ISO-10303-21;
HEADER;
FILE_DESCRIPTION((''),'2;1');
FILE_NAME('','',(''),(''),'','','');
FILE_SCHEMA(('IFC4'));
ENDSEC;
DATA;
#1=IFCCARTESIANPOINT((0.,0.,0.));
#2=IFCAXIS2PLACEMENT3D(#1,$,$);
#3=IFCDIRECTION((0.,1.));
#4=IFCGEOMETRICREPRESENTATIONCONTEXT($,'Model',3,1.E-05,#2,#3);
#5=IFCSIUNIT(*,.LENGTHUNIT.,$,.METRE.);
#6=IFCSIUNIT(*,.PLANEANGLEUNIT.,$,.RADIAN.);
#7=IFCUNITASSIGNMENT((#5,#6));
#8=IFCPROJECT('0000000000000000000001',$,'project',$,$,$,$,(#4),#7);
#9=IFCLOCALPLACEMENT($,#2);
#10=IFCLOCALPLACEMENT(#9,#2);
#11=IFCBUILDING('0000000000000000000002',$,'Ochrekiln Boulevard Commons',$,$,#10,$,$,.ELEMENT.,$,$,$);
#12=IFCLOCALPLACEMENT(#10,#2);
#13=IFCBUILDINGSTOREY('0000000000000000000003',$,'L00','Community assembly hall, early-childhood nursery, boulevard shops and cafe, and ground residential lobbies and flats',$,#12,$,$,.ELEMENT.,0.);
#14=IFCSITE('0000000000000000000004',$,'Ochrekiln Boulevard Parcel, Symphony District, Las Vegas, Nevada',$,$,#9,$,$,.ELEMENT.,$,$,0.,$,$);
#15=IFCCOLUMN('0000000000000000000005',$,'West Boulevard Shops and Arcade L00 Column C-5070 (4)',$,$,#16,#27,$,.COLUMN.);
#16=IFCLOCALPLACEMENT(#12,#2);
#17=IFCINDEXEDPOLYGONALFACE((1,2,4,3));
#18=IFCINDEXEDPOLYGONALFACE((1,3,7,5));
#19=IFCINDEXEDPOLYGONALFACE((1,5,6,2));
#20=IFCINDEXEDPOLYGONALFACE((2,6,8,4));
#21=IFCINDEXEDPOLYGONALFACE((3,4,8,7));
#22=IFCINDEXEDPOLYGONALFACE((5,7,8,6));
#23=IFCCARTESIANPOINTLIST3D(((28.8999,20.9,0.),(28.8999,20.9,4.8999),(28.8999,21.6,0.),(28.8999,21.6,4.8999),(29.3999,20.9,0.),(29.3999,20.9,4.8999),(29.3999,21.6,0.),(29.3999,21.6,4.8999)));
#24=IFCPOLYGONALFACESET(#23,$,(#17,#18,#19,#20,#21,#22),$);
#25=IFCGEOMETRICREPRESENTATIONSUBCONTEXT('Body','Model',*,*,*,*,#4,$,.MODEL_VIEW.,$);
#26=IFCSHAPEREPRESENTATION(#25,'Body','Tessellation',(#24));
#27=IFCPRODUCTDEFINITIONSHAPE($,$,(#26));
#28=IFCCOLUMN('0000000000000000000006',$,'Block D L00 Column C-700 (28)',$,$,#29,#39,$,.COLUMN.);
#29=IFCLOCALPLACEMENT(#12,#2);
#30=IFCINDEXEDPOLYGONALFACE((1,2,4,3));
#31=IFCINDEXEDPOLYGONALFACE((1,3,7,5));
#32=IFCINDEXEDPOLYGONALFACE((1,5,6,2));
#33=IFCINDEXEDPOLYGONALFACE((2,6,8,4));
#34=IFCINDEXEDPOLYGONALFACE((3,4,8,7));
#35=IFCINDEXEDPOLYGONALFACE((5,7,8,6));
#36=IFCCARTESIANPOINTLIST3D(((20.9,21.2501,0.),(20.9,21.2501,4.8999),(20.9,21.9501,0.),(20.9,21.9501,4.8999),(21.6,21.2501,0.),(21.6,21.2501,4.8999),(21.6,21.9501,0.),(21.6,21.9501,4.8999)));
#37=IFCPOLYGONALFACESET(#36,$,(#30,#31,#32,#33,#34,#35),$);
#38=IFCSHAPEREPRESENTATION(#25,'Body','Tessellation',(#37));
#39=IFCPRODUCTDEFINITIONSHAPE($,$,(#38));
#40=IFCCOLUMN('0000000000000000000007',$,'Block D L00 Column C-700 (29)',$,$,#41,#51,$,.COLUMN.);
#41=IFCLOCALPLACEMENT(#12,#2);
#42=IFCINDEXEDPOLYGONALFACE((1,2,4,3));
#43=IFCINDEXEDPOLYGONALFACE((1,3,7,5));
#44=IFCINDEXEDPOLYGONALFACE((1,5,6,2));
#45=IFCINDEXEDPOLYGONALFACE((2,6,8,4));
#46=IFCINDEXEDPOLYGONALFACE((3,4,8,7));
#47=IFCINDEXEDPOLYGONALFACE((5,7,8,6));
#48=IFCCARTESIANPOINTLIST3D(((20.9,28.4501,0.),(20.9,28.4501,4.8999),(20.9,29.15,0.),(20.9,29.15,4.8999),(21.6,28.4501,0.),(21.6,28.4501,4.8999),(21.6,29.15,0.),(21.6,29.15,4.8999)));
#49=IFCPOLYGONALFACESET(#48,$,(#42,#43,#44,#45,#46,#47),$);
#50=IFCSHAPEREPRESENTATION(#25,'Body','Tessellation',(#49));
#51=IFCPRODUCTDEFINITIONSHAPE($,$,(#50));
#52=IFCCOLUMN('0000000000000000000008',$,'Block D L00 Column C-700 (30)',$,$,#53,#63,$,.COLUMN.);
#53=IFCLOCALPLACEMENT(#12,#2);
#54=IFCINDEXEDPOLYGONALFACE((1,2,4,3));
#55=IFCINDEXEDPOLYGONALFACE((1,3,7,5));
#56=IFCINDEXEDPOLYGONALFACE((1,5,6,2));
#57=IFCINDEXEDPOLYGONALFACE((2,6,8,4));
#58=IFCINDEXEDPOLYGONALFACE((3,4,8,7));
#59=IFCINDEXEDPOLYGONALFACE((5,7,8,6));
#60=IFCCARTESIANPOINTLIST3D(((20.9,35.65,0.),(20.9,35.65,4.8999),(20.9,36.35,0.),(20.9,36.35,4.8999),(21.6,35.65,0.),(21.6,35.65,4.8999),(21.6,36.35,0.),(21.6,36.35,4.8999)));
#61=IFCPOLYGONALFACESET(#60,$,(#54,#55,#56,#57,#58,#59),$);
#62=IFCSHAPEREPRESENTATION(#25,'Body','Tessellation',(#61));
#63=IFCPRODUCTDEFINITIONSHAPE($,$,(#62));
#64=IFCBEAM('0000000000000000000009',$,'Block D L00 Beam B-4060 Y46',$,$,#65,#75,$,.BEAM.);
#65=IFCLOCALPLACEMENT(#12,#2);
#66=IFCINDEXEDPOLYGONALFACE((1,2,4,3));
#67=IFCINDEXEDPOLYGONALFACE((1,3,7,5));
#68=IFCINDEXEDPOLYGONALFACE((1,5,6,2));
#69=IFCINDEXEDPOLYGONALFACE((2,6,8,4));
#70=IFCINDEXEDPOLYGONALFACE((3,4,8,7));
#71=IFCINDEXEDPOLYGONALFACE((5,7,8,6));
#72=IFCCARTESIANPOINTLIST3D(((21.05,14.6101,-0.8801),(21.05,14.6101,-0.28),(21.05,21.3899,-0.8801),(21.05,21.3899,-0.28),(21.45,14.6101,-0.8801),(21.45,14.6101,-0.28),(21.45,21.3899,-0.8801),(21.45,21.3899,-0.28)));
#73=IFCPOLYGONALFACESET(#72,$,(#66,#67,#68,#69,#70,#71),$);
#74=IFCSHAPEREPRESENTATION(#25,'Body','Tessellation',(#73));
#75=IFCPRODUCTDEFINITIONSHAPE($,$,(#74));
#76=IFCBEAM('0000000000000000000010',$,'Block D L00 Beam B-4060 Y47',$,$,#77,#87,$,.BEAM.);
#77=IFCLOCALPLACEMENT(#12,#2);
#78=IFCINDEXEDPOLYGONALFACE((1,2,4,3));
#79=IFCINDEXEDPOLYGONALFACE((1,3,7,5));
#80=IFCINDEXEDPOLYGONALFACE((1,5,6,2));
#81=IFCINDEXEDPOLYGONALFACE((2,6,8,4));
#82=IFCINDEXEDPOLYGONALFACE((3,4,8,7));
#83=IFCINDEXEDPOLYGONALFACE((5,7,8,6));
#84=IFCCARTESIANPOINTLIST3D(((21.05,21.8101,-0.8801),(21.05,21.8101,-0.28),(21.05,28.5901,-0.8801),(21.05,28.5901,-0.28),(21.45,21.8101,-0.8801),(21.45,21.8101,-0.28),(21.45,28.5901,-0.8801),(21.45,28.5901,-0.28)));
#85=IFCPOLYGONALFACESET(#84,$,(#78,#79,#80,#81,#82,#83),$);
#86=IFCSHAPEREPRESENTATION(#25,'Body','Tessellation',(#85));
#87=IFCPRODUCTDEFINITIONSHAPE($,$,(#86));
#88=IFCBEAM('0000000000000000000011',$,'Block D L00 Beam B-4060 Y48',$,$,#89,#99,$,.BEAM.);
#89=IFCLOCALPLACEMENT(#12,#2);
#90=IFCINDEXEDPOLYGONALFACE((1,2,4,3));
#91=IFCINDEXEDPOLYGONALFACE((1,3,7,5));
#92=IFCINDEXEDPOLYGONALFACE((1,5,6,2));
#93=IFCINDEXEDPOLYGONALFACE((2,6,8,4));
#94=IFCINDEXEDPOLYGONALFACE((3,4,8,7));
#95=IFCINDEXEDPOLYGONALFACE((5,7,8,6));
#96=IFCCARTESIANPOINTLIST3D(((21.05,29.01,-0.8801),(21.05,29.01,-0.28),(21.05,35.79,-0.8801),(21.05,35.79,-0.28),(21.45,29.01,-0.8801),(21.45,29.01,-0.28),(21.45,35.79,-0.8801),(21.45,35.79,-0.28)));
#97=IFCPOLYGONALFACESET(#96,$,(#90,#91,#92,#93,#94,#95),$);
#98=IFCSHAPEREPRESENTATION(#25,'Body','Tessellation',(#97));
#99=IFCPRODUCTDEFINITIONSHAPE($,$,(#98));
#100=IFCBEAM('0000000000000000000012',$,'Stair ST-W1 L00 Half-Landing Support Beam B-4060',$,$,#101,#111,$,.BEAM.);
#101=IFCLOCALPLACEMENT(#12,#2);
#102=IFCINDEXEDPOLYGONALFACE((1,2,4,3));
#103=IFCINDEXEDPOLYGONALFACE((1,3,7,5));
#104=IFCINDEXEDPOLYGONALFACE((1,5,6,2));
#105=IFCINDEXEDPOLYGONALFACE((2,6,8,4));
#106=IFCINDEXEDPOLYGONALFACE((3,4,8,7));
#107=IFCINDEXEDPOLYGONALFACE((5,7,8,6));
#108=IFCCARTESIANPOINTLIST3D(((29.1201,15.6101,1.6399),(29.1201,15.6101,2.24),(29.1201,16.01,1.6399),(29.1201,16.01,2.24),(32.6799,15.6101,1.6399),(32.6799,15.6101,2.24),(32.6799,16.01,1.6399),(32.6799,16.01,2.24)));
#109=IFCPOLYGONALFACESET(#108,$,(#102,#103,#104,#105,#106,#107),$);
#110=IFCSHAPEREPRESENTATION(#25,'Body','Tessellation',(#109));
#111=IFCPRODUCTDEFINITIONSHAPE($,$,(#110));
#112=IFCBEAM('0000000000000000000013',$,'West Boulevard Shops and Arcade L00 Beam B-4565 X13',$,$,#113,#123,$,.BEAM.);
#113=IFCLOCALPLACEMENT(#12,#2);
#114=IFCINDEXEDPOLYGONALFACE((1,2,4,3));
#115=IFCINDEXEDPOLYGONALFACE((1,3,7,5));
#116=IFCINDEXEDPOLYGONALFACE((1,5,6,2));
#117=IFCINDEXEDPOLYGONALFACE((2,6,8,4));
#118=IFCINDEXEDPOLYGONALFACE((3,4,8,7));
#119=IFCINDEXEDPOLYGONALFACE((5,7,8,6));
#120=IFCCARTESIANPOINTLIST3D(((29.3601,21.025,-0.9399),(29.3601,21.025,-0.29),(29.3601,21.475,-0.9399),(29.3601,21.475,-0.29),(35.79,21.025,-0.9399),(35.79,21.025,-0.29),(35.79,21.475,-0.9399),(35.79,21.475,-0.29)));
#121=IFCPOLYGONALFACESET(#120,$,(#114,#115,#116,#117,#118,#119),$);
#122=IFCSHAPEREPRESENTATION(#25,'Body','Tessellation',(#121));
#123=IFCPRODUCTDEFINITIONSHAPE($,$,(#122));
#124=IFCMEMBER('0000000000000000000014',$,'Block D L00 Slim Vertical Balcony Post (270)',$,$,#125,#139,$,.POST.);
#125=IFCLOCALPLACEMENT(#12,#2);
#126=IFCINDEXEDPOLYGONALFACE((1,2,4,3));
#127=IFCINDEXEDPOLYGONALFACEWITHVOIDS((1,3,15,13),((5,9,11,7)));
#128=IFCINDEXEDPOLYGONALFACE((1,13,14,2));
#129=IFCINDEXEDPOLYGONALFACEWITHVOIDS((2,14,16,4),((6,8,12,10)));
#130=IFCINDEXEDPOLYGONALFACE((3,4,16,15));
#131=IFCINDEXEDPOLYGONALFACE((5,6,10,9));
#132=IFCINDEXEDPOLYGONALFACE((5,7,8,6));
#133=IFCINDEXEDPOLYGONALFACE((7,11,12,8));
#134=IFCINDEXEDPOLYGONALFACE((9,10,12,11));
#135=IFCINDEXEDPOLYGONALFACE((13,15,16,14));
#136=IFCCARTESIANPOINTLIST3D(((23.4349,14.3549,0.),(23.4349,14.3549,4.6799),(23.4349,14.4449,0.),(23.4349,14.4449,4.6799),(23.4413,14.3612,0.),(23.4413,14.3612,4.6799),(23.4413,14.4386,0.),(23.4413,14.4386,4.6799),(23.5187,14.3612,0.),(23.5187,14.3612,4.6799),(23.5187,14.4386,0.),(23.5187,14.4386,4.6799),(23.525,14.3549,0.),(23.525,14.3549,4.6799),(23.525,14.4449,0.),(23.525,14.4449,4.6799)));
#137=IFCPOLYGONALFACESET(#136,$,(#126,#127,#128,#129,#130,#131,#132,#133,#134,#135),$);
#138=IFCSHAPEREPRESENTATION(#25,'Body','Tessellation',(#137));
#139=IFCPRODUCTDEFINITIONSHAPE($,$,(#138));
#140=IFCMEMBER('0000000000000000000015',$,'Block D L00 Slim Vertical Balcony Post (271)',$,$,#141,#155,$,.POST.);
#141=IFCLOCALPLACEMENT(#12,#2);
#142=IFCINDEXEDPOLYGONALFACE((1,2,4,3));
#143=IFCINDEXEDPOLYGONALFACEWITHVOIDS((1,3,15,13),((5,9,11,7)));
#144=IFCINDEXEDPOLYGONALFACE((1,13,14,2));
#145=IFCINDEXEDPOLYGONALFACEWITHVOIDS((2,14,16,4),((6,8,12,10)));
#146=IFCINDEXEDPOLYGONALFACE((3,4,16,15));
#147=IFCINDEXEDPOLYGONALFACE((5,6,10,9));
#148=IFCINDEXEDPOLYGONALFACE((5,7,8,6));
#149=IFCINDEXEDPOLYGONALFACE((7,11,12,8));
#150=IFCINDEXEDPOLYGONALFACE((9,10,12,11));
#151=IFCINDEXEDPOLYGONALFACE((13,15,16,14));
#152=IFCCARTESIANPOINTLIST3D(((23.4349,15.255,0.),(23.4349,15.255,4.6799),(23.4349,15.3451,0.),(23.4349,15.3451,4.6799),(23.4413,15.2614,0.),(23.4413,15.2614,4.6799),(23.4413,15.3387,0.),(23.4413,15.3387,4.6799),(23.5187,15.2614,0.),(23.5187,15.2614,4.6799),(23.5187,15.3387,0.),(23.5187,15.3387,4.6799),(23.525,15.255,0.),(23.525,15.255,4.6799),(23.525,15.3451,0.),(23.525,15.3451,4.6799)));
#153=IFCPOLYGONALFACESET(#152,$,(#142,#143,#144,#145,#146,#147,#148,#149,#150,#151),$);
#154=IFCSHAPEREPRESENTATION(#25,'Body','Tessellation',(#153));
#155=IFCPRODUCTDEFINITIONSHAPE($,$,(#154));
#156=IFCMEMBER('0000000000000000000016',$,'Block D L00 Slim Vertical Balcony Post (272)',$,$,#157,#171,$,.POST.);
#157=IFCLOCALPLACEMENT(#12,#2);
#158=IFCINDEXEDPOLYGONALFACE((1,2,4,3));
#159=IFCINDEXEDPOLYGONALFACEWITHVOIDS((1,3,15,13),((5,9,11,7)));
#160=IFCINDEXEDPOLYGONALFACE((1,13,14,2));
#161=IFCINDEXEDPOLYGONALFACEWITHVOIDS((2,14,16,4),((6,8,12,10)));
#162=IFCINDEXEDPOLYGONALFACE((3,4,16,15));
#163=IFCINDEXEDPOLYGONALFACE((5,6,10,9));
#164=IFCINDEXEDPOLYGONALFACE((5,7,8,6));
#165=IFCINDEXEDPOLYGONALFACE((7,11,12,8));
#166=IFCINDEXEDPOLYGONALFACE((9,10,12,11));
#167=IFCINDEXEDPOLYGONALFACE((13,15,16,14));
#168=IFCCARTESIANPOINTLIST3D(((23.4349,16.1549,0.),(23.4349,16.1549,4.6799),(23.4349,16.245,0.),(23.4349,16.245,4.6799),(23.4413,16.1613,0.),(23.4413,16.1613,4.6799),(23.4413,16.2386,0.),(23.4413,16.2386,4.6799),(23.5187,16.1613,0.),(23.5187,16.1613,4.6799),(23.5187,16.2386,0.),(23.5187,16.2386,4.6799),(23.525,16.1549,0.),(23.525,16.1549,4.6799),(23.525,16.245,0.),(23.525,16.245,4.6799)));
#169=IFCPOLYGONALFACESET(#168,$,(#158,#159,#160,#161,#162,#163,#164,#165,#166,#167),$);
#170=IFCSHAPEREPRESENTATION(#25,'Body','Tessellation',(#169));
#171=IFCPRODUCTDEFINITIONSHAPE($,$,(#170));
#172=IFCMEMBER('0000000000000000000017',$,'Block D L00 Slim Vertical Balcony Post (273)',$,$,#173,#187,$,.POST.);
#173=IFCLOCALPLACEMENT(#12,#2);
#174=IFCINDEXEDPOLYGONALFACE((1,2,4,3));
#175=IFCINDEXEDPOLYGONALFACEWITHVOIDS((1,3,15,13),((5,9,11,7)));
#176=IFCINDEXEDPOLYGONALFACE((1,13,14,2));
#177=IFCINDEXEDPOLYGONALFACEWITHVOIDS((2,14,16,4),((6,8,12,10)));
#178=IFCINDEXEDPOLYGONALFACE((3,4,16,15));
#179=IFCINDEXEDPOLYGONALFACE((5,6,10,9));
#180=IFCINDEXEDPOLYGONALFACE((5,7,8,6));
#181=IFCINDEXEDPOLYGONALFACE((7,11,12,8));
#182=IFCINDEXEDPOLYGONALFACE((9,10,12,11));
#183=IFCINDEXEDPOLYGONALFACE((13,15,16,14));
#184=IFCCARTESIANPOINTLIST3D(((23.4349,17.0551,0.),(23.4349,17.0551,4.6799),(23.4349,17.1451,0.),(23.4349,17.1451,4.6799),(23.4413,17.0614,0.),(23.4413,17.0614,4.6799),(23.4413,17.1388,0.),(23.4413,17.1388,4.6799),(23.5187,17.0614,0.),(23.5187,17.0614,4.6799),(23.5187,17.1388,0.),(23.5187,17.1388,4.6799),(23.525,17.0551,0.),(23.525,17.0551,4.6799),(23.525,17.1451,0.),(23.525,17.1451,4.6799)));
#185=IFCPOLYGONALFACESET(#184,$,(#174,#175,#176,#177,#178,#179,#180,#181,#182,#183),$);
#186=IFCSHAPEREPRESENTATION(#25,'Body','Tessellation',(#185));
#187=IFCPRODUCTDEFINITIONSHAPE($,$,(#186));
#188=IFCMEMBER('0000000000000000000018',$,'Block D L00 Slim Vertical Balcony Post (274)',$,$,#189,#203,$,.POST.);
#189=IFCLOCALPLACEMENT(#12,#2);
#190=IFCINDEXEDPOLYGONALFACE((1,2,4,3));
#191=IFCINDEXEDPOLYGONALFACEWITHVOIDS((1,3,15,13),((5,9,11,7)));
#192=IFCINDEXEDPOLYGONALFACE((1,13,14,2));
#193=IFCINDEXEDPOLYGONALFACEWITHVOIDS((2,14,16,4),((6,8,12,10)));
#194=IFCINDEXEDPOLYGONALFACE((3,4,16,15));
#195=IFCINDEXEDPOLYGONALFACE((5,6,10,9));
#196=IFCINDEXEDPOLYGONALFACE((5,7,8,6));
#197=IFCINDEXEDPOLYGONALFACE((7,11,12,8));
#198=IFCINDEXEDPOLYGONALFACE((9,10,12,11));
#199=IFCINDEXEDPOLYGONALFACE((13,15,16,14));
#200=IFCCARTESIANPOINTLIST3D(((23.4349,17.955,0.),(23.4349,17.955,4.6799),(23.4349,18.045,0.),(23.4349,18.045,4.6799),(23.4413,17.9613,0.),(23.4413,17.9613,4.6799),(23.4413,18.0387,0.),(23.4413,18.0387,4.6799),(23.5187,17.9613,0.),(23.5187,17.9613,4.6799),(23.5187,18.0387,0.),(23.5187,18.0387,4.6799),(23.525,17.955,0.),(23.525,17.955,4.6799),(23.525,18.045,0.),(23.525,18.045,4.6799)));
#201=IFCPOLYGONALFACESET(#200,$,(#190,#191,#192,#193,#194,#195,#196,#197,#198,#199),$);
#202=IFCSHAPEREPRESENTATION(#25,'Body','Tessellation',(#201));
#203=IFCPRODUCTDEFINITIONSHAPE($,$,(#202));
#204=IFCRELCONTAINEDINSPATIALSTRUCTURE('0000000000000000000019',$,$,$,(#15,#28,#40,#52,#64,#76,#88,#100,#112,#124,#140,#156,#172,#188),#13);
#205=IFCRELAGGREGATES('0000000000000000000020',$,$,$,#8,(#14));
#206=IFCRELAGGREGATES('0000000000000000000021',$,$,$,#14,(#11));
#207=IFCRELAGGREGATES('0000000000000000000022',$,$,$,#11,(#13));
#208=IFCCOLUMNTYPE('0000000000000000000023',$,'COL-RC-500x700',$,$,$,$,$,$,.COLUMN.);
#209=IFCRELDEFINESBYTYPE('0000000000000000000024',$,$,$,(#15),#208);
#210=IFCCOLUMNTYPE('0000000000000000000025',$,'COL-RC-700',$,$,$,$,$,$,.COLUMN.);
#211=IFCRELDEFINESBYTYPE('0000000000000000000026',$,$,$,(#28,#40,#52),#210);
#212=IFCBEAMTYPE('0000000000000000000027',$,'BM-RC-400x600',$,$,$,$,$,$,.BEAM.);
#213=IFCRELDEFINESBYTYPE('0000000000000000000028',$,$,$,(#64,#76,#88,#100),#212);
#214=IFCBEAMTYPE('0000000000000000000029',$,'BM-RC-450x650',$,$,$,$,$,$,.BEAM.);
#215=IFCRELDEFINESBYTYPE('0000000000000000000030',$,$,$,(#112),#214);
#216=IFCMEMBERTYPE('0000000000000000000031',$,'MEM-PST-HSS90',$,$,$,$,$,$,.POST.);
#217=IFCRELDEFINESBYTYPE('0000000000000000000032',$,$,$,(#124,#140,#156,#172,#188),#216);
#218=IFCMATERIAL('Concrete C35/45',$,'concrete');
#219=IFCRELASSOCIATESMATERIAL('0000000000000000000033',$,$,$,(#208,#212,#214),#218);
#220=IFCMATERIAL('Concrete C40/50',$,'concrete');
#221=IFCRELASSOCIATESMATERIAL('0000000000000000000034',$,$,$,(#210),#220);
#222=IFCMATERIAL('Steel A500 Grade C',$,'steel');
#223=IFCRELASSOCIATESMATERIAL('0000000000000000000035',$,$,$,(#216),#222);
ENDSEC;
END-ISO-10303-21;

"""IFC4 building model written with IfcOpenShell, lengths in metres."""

from ifc_helpers import new_model, si_unit, direction, frame, origin, origin_2d, place, context, subcontext, project, spatial, rectangle, hollow_rectangle, extrude, material, material_profile, profile_set, type_object, element, save


model = new_model("IFC4")

# Units and contexts
model_context = context("Model", 3, precision=1e-05, world=origin(), true_north=direction((0.0, 1.0)))
body_context = subcontext(model_context, "Body", "Model", "MODEL_VIEW")
ifc_project = project(units=[si_unit("LENGTHUNIT", "METRE"), si_unit("PLANEANGLEUNIT", "RADIAN")], contexts=[model_context])

# Site, building, storey
site_placement = place(None, origin())
site = spatial("IfcSite", under=ifc_project, at=site_placement, Name="Ochrekiln Boulevard Parcel, Symphony District, Las Vegas, Nevada", CompositionType="ELEMENT", RefElevation=0.0)
building_placement = place(site_placement, origin())
building = spatial("IfcBuilding", under=site, at=building_placement, Name="Ochrekiln Boulevard Commons", CompositionType="ELEMENT")
storey_placement = place(building_placement, origin())
storey = spatial("IfcBuildingStorey", under=building, at=storey_placement, Name="L00", Description="Community assembly hall, early-childhood nursery, boulevard shops and cafe, and ground residential lobbies and flats", CompositionType="ELEMENT", Elevation=0.0)

# Columns
ifc_material_1 = material(Name="Concrete C35/45", Category="concrete")
ifc_material_profile_1 = material_profile(ifc_material_1, rectangle(XDim=0.5, YDim=0.7, at=origin_2d()), Name="RC-COL-500x700")
ifc_profile_set_1 = profile_set([ifc_material_profile_1], Name="Concrete C35/45")
column_type_1 = type_object("IfcColumnType", Name="COL-RC-500x700", PredefinedType="COLUMN", material=ifc_profile_set_1)
column_placement = place(storey_placement, frame((29.1499, 21.25, 0.0), z_axis=(0.0, 0.0, 1.0), x_axis=(1.0, 0.0, 0.0)))
element("IfcColumn", 1, at=column_placement, inside=storey, type_object=column_type_1, Name="West Boulevard Shops and Arcade L00 Column C-5070 (4)", PredefinedType="COLUMN", context=body_context, shape_type="SweptSolid", body=[
    extrude(rectangle(XDim=0.5, YDim=0.7, at=origin_2d()), origin(), (0.0, 0.0, 1.0), 4.8999),
])
ifc_material_2 = material(Name="Concrete C40/50", Category="concrete")
ifc_material_profile_2 = material_profile(ifc_material_2, rectangle(XDim=0.7, YDim=0.7, at=origin_2d()), Name="RC-COL-700x700")
ifc_profile_set_2 = profile_set([ifc_material_profile_2], Name="Concrete C40/50")
column_type_2 = type_object("IfcColumnType", Name="COL-RC-700", PredefinedType="COLUMN", material=ifc_profile_set_2)
for number, where, z_axis, x_axis, name in (
    (2, (21.25, 21.6001, 0.0), (0.0, 0.0, 1.0), (1.0, 0.0, 0.0), "Block D L00 Column C-700 (28)"),
    (3, (21.25, 28.8, 0.0), (0.0, 0.0, 1.0), (1.0, 0.0, 0.0), "Block D L00 Column C-700 (29)"),
    (4, (21.25, 36.0, 0.0), (0.0, 0.0, 1.0), (1.0, 0.0, 0.0), "Block D L00 Column C-700 (30)"),
):
    element("IfcColumn", number, at=place(storey_placement, frame(where, z_axis=z_axis, x_axis=x_axis)), inside=storey, type_object=column_type_2, Name=name, PredefinedType="COLUMN", context=body_context, shape_type="SweptSolid", body=[
        extrude(rectangle(XDim=0.7, YDim=0.7, at=origin_2d()), origin(), (0.0, 0.0, 1.0), 4.8999),
    ])

# Beams
ifc_material_profile_3 = material_profile(ifc_material_1, rectangle(XDim=0.3999, YDim=0.6001, at=origin_2d()), Name="RC-BM-400x600")
ifc_profile_set_3 = profile_set([ifc_material_profile_3], Name="Concrete C35/45")
beam_type_1 = type_object("IfcBeamType", Name="BM-RC-400x600", PredefinedType="BEAM", material=ifc_profile_set_3)
beam_1_placement = place(storey_placement, frame((21.25, 14.6101, -0.5801), z_axis=(0.0, 1.0, 0.0), x_axis=(-1.0, 0.0, 0.0)))
element("IfcBeam", 5, at=beam_1_placement, inside=storey, type_object=beam_type_1, Name="Block D L00 Beam B-4060 Y46", PredefinedType="BEAM", context=body_context, shape_type="SweptSolid", body=[
    extrude(rectangle(XDim=0.3999, YDim=0.6001, at=origin_2d()), origin(), (0.0, 0.0, 1.0), 6.7798),
])
for number, where, z_axis, x_axis, name in (
    (6, (21.25, 21.8101, -0.5801), (0.0, 1.0, 0.0), (-1.0, 0.0, 0.0), "Block D L00 Beam B-4060 Y47"),
    (7, (21.25, 29.01, -0.5801), (0.0, 1.0, 0.0), (-1.0, 0.0, 0.0), "Block D L00 Beam B-4060 Y48"),
):
    element("IfcBeam", number, at=place(storey_placement, frame(where, z_axis=z_axis, x_axis=x_axis)), inside=storey, type_object=beam_type_1, Name=name, PredefinedType="BEAM", context=body_context, shape_type="SweptSolid", body=[
        extrude(rectangle(XDim=0.3999, YDim=0.6001, at=origin_2d()), origin(), (0.0, 0.0, 1.0), 6.78),
    ])
beam_2_placement = place(storey_placement, frame((29.1201, 15.8101, 1.9399), z_axis=(1.0, 0.0, 0.0), x_axis=(0.0, 1.0, 0.0)))
element("IfcBeam", 8, at=beam_2_placement, inside=storey, type_object=beam_type_1, Name="Stair ST-W1 L00 Half-Landing Support Beam B-4060", PredefinedType="BEAM", context=body_context, shape_type="SweptSolid", body=[
    extrude(rectangle(XDim=0.3999, YDim=0.6001, at=origin_2d()), origin(), (0.0, 0.0, 1.0), 3.5598),
])
ifc_material_profile_4 = material_profile(ifc_material_1, rectangle(XDim=0.45, YDim=0.6499, at=origin_2d()), Name="RC-BM-450x650")
ifc_profile_set_4 = profile_set([ifc_material_profile_4], Name="Concrete C35/45")
beam_type_2 = type_object("IfcBeamType", Name="BM-RC-450x650", PredefinedType="BEAM", material=ifc_profile_set_4)
beam_3_placement = place(storey_placement, frame((29.3601, 21.25, -0.615), z_axis=(1.0, 0.0, 0.0), x_axis=(0.0, 1.0, 0.0)))
element("IfcBeam", 9, at=beam_3_placement, inside=storey, type_object=beam_type_2, Name="West Boulevard Shops and Arcade L00 Beam B-4565 X13", PredefinedType="BEAM", context=body_context, shape_type="SweptSolid", body=[
    extrude(rectangle(XDim=0.45, YDim=0.6499, at=origin_2d()), origin(), (0.0, 0.0, 1.0), 6.4299),
])

# Members
ifc_material_3 = material(Name="Steel A500 Grade C", Category="steel")
ifc_material_profile_5 = material_profile(ifc_material_3, hollow_rectangle(XDim=0.0901, YDim=0.0901, WallThickness=0.0063, at=origin_2d()), Name="HSS90X90X6.4")
ifc_profile_set_5 = profile_set([ifc_material_profile_5], Name="Steel A500 Grade C")
member_type = type_object("IfcMemberType", Name="MEM-PST-HSS90", PredefinedType="POST", material=ifc_profile_set_5)
for number, where, z_axis, x_axis, name in (
    (10, (23.48, 14.3999, 0.0), (0.0, 0.0, 1.0), (1.0, 0.0, 0.0), "Block D L00 Slim Vertical Balcony Post (270)"),
    (11, (23.48, 15.3, 0.0), (0.0, 0.0, 1.0), (1.0, 0.0, 0.0), "Block D L00 Slim Vertical Balcony Post (271)"),
    (12, (23.48, 16.2, 0.0), (0.0, 0.0, 1.0), (1.0, 0.0, 0.0), "Block D L00 Slim Vertical Balcony Post (272)"),
    (13, (23.48, 17.1001, 0.0), (0.0, 0.0, 1.0), (1.0, 0.0, 0.0), "Block D L00 Slim Vertical Balcony Post (273)"),
    (14, (23.48, 18.0, 0.0), (0.0, 0.0, 1.0), (1.0, 0.0, 0.0), "Block D L00 Slim Vertical Balcony Post (274)"),
):
    element("IfcMember", number, at=place(storey_placement, frame(where, z_axis=z_axis, x_axis=x_axis)), inside=storey, type_object=member_type, Name=name, PredefinedType="POST", context=body_context, shape_type="SweptSolid", body=[
        extrude(hollow_rectangle(XDim=0.0901, YDim=0.0901, WallThickness=0.0063, at=origin_2d()), origin(), (0.0, 0.0, 1.0), 4.6799),
    ])

save(model, "model.ifc")
